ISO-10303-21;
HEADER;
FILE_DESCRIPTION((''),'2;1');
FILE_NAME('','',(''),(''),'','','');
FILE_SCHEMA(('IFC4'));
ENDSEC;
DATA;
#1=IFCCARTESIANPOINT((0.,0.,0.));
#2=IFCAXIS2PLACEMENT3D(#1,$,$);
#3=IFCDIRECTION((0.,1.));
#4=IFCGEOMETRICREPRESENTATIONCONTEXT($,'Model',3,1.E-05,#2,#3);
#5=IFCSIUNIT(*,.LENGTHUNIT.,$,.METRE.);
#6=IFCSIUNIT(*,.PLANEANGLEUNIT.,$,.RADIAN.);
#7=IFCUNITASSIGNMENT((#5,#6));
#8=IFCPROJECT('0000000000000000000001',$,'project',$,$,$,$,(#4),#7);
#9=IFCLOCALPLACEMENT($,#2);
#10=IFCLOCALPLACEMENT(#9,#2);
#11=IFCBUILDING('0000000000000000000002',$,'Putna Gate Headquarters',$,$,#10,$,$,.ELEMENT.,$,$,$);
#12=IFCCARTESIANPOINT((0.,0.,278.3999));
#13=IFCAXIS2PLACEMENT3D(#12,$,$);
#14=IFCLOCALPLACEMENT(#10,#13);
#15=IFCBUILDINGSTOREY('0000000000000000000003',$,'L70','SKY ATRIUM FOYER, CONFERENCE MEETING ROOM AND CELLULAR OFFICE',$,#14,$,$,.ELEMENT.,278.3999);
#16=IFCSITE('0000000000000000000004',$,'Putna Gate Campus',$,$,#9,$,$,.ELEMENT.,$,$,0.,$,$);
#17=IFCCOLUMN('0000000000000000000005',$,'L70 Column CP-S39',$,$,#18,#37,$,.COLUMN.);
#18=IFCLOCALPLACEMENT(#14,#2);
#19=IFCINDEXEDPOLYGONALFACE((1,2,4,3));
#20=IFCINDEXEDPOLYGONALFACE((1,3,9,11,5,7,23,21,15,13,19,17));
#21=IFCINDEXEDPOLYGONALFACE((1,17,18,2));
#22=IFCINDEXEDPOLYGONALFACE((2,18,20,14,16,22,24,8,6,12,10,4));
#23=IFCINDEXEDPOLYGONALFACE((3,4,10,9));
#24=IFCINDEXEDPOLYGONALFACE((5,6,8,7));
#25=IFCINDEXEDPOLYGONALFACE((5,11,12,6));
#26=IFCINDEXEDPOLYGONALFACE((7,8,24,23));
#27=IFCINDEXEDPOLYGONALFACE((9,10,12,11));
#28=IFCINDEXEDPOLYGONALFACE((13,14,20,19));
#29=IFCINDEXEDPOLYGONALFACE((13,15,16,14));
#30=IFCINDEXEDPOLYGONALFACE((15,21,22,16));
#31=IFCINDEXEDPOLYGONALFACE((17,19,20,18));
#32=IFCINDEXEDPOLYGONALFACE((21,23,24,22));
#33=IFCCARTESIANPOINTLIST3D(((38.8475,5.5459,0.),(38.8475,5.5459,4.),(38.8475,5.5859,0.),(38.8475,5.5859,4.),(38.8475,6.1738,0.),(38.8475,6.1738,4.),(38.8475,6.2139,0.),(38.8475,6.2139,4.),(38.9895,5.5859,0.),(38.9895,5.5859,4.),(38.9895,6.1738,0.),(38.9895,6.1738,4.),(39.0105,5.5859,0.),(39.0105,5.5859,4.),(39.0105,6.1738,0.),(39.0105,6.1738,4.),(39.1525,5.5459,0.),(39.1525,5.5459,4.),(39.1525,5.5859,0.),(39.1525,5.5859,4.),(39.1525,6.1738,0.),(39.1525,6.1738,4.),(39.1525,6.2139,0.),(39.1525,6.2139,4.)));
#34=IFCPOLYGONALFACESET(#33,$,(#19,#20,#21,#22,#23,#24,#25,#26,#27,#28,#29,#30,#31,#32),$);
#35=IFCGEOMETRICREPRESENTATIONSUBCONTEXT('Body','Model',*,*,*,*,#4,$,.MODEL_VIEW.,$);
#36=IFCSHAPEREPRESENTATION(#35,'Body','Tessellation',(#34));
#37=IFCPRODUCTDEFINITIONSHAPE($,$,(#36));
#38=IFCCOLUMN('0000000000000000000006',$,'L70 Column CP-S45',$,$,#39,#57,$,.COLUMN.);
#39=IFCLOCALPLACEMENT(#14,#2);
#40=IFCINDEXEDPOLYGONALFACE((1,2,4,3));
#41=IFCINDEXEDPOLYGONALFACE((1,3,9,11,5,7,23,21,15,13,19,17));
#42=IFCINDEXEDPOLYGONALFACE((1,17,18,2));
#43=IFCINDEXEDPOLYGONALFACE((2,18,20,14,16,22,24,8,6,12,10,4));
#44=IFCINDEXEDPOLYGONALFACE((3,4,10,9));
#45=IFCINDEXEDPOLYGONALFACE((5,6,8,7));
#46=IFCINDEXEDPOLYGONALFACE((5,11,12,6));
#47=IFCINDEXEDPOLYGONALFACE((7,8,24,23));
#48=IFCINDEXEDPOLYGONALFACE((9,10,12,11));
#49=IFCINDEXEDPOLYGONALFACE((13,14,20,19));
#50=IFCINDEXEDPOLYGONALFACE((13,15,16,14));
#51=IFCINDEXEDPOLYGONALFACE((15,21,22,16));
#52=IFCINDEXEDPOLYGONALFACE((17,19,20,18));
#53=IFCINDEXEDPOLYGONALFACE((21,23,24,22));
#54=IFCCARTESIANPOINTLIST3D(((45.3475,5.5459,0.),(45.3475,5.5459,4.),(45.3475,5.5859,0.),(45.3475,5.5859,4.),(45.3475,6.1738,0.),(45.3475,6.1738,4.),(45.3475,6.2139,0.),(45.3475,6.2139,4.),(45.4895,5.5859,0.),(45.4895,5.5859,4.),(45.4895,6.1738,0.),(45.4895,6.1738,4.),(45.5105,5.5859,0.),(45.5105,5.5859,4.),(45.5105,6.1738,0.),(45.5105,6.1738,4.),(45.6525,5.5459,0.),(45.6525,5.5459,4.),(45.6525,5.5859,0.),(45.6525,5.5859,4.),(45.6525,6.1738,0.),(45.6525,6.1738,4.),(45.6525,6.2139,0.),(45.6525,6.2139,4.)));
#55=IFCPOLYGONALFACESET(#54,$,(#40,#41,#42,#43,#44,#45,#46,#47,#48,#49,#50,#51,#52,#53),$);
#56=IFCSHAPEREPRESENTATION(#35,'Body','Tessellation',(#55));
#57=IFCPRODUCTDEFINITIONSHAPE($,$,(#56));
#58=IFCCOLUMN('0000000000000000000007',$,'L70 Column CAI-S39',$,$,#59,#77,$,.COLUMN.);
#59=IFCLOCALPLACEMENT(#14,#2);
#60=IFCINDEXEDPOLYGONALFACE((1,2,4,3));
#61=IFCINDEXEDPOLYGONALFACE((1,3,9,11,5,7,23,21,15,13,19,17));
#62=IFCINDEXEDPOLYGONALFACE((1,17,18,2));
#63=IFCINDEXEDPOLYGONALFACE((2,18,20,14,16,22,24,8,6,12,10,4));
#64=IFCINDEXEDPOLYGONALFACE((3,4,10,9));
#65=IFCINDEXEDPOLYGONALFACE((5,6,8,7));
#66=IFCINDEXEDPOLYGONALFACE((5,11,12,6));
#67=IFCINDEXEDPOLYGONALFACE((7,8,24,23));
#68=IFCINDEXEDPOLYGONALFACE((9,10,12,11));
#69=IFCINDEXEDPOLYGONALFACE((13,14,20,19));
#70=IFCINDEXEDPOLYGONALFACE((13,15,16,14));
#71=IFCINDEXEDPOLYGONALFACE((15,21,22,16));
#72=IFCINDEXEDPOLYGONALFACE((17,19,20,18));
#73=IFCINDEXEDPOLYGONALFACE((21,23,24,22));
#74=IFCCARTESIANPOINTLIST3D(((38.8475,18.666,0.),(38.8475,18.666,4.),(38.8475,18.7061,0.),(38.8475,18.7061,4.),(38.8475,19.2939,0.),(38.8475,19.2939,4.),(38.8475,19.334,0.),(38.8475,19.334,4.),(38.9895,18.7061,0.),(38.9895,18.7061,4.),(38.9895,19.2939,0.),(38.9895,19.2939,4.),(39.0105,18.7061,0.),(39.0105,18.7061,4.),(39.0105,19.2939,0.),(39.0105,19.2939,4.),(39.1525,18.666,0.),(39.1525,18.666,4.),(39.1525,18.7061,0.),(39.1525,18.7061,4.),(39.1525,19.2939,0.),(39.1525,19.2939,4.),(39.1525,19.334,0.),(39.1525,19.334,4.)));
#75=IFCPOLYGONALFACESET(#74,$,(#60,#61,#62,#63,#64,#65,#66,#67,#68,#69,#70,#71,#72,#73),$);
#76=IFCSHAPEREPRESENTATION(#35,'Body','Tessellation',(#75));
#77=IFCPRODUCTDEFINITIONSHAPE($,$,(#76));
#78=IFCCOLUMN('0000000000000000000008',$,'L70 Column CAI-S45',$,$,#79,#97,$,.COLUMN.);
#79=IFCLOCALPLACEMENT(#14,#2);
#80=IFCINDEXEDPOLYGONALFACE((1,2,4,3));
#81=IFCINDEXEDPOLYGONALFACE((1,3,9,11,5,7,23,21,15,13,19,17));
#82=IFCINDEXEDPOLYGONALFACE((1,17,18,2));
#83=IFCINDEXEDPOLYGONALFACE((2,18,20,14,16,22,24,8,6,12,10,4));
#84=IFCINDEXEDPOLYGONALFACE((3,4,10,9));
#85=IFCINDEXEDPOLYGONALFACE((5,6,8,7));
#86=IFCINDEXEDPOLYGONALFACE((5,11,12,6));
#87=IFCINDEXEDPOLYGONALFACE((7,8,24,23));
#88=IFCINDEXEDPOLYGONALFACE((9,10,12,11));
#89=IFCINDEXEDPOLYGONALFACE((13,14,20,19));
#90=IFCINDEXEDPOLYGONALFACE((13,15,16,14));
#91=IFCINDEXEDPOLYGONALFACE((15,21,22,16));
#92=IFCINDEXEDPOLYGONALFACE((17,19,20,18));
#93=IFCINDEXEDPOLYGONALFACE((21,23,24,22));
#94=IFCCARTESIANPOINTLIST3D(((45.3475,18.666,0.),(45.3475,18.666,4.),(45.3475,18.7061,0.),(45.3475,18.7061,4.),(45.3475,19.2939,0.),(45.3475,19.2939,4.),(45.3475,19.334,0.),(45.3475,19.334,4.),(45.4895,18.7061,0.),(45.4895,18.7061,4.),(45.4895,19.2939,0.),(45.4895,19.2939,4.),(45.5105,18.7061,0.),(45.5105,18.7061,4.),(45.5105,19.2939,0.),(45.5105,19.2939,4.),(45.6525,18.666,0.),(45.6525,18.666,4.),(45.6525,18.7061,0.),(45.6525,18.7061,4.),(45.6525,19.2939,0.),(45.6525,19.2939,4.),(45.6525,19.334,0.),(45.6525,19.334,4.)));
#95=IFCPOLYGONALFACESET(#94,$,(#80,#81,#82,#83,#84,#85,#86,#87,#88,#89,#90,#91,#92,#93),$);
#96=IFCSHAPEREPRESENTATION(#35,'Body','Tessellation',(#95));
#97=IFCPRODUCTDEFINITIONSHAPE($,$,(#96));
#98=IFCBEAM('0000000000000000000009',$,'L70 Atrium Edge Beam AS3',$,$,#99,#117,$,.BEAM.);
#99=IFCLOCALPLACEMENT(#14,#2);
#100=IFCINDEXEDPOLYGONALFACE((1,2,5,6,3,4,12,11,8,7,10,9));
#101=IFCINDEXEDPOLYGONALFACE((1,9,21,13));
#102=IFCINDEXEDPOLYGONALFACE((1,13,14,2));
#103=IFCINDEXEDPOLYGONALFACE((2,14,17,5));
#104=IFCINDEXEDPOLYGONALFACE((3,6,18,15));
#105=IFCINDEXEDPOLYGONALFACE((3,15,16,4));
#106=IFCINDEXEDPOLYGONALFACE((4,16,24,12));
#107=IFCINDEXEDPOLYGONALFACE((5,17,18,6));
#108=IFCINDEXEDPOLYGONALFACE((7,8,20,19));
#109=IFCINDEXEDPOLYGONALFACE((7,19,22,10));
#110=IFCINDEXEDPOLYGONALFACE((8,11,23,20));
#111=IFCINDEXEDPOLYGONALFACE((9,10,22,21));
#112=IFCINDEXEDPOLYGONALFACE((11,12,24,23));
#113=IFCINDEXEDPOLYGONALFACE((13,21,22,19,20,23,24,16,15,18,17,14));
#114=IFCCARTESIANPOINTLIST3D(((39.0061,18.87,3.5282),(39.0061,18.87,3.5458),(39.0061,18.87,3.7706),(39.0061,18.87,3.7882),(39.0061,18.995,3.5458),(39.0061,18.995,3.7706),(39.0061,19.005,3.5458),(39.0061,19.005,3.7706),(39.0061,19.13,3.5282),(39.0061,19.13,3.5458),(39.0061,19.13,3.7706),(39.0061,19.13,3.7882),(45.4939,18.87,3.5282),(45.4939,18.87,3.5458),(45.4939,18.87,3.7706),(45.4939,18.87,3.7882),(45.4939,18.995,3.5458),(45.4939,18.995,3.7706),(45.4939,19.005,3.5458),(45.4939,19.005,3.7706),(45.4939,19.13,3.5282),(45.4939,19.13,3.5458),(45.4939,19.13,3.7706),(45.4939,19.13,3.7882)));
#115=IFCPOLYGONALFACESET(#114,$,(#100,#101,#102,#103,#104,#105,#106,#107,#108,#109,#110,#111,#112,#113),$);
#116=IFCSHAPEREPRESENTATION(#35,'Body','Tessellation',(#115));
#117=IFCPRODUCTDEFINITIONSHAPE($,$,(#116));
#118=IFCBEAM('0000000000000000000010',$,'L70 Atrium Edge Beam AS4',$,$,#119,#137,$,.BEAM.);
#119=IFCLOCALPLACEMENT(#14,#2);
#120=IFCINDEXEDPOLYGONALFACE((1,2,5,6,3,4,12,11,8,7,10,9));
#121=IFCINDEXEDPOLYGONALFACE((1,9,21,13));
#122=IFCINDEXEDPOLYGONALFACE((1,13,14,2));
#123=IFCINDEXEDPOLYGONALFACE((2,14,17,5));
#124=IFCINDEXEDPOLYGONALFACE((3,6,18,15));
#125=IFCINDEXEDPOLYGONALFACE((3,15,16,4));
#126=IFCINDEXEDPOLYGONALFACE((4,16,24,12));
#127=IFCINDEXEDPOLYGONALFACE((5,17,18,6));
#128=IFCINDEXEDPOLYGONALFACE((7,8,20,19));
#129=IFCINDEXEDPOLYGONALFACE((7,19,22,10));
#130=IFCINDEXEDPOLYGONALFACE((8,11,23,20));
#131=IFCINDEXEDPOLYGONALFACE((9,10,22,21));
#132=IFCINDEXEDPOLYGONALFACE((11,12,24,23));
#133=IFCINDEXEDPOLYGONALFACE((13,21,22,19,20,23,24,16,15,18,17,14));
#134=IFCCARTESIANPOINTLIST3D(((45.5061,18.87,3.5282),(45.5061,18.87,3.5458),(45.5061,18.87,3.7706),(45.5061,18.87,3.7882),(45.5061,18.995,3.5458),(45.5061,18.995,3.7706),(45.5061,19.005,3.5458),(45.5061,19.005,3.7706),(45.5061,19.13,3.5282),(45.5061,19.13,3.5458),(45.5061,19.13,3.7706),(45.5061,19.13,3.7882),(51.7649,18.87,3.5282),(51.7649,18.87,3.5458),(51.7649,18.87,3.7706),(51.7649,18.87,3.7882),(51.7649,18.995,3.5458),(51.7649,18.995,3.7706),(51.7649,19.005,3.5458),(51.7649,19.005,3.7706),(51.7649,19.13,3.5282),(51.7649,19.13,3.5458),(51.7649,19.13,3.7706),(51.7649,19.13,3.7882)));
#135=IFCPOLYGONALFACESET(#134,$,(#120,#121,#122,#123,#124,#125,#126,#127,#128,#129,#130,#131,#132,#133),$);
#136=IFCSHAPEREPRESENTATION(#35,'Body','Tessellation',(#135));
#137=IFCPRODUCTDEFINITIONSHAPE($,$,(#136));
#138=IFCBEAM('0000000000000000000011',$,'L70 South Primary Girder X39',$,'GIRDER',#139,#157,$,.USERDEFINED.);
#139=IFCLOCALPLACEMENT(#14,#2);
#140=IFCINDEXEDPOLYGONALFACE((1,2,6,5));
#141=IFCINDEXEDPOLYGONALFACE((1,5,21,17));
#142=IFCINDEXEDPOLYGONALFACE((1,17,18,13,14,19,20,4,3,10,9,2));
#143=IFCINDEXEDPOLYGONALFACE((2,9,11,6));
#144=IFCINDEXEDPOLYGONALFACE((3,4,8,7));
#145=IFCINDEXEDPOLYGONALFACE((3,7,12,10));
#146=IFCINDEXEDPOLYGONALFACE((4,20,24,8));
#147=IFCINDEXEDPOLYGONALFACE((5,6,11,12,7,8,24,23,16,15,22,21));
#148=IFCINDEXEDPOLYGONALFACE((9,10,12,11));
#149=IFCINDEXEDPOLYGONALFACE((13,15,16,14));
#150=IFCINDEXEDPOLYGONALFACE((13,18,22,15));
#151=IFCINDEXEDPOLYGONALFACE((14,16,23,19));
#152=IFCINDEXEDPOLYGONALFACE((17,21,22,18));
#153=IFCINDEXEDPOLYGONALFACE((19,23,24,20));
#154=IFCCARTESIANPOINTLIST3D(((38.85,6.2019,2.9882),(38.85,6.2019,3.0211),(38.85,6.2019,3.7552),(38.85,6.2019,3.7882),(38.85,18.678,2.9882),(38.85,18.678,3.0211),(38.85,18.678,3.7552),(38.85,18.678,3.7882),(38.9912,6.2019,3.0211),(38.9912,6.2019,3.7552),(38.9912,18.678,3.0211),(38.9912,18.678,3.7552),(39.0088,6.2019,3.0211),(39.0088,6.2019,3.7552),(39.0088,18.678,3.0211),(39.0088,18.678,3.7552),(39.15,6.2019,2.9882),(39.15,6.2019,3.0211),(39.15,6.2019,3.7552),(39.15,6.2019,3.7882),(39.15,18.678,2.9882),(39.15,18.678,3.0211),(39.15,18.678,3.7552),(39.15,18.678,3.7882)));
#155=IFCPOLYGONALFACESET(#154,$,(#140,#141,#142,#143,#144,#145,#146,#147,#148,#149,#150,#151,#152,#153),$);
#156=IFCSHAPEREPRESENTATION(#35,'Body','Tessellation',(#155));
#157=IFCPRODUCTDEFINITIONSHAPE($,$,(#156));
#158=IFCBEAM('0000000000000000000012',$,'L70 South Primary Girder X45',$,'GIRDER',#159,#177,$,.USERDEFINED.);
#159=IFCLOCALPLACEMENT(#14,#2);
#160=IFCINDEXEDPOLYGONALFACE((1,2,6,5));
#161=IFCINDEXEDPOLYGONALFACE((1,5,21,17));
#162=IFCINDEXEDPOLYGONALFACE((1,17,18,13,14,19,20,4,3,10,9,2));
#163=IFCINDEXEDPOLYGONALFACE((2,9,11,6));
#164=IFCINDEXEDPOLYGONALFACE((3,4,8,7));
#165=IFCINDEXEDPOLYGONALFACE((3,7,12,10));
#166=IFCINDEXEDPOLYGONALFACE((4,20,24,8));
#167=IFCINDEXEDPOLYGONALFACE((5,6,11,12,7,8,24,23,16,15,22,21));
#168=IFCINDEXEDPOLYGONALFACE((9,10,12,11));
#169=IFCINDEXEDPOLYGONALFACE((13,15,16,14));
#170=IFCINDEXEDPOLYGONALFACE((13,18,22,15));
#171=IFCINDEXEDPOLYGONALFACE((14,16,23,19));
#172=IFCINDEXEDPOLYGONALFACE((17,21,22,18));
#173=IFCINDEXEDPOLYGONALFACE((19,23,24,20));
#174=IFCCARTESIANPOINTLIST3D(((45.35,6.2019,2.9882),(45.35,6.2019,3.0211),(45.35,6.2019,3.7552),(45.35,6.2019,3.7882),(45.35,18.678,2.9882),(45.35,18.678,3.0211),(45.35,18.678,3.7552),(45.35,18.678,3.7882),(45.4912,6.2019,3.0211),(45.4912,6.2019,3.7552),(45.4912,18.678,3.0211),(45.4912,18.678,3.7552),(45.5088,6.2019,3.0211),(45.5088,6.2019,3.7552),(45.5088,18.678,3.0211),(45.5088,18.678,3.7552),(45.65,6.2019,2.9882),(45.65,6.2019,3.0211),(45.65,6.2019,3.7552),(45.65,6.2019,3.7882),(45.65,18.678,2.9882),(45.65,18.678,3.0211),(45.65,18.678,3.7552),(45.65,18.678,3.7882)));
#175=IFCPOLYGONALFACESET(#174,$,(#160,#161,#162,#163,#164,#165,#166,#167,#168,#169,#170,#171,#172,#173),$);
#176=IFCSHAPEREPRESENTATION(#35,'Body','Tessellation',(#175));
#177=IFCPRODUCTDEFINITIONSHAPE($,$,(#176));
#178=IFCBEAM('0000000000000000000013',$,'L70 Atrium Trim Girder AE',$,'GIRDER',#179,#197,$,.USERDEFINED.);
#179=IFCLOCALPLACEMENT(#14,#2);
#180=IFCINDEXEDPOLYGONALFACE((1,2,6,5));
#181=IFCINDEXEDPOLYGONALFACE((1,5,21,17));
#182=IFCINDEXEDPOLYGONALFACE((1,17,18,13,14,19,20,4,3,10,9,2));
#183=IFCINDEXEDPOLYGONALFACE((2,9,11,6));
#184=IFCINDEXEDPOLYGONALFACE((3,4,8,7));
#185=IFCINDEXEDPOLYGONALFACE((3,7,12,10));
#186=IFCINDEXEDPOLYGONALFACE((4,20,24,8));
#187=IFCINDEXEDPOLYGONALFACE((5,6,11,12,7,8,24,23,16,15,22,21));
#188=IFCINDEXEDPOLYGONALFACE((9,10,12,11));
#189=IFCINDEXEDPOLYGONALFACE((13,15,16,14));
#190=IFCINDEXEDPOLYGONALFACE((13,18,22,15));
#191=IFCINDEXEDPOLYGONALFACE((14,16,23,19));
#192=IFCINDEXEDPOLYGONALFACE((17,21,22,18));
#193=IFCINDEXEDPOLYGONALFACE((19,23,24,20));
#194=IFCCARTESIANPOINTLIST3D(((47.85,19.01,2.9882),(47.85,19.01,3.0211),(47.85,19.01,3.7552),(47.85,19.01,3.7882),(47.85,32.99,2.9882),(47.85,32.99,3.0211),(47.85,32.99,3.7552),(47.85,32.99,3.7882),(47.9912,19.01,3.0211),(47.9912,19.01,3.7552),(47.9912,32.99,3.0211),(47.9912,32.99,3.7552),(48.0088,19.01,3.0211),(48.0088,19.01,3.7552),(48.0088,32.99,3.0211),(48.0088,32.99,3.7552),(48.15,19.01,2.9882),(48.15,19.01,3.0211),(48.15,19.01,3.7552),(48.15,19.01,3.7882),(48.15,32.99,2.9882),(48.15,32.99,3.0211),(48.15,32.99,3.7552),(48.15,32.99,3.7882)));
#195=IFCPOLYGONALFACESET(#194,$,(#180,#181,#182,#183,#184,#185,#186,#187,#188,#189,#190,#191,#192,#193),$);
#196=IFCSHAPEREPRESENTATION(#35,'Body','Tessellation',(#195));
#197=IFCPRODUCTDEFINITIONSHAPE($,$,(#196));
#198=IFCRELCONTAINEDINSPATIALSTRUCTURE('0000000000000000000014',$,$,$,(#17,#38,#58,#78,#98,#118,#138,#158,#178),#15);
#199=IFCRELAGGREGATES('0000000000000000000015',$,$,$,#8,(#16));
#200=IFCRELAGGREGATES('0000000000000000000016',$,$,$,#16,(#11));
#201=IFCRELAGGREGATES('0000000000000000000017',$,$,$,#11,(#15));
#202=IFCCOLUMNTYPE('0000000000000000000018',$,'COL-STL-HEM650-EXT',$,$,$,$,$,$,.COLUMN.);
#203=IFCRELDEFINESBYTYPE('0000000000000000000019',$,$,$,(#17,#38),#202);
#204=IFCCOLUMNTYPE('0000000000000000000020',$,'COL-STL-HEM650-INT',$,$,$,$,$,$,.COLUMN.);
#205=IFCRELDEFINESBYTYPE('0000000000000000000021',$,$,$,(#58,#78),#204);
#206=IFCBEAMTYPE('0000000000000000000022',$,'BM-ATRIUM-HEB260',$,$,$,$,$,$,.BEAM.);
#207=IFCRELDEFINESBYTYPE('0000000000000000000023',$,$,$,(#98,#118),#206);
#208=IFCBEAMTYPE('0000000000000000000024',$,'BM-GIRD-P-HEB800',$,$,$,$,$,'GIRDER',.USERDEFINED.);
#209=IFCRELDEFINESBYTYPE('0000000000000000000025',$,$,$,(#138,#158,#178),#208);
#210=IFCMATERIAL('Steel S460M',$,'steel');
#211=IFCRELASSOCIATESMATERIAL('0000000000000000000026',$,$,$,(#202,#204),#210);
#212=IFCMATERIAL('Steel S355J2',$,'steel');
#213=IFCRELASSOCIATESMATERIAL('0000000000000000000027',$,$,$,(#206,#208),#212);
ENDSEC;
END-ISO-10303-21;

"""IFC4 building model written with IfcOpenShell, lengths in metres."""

from ifc_helpers import new_model, si_unit, direction, frame, origin, origin_2d, place, context, subcontext, project, spatial, i_section, extrude, material, material_profile, profile_set, type_object, element, save


model = new_model("IFC4")

# Units and contexts
model_context = context("Model", 3, precision=1e-05, world=origin(), true_north=direction((0.0, 1.0)))
body_context = subcontext(model_context, "Body", "Model", "MODEL_VIEW")
ifc_project = project(units=[si_unit("LENGTHUNIT", "METRE"), si_unit("PLANEANGLEUNIT", "RADIAN")], contexts=[model_context])

# Site, building, storey
site_placement = place(None, origin())
site = spatial("IfcSite", under=ifc_project, at=site_placement, Name="Putna Gate Campus", CompositionType="ELEMENT", RefElevation=0.0)
building_placement = place(site_placement, origin())
building = spatial("IfcBuilding", under=site, at=building_placement, Name="Putna Gate Headquarters", CompositionType="ELEMENT")
storey_placement = place(building_placement, frame((0.0, 0.0, 278.3999)))
storey = spatial("IfcBuildingStorey", under=building, at=storey_placement, Name="L70", Description="SKY ATRIUM FOYER, CONFERENCE MEETING ROOM AND CELLULAR OFFICE", CompositionType="ELEMENT", Elevation=278.3999)

# Columns
ifc_material_1 = material(Name="Steel S460M", Category="steel")
ifc_material_profile_1 = material_profile(ifc_material_1, i_section(OverallWidth=0.3049, OverallDepth=0.668, WebThickness=0.021, FlangeThickness=0.04, at=origin_2d()), Name="Steel S460M")
ifc_profile_set_1 = profile_set([ifc_material_profile_1], Name="Steel S460M")
column_type_1 = type_object("IfcColumnType", Name="COL-STL-HEM650-EXT", PredefinedType="COLUMN", material=ifc_profile_set_1)
for number, where, z_axis, x_axis, name in (
    (1, (39.0, 5.8799, 0.0), (0.0, 0.0, 1.0), (1.0, 0.0, 0.0), "L70 Column CP-S39"),
    (2, (45.5, 5.8799, 0.0), (0.0, 0.0, 1.0), (1.0, 0.0, 0.0), "L70 Column CP-S45"),
):
    element("IfcColumn", number, at=place(storey_placement, frame(where, z_axis=z_axis, x_axis=x_axis)), inside=storey, type_object=column_type_1, Name=name, PredefinedType="COLUMN", context=body_context, shape_type="SweptSolid", body=[
        extrude(i_section(OverallWidth=0.3049, OverallDepth=0.668, WebThickness=0.021, FlangeThickness=0.04, at=origin_2d()), origin(), (0.0, 0.0, 1.0), 4.0),
    ])
ifc_material_profile_2 = material_profile(ifc_material_1, i_section(OverallWidth=0.3049, OverallDepth=0.668, WebThickness=0.021, FlangeThickness=0.04, at=origin_2d()), Name="Steel S460M")
ifc_profile_set_2 = profile_set([ifc_material_profile_2], Name="Steel S460M")
column_type_2 = type_object("IfcColumnType", Name="COL-STL-HEM650-INT", PredefinedType="COLUMN", material=ifc_profile_set_2)
for number, where, z_axis, x_axis, name in (
    (3, (39.0, 19.0, 0.0), (0.0, 0.0, 1.0), (1.0, 0.0, 0.0), "L70 Column CAI-S39"),
    (4, (45.5, 19.0, 0.0), (0.0, 0.0, 1.0), (1.0, 0.0, 0.0), "L70 Column CAI-S45"),
):
    element("IfcColumn", number, at=place(storey_placement, frame(where, z_axis=z_axis, x_axis=x_axis)), inside=storey, type_object=column_type_2, Name=name, PredefinedType="COLUMN", context=body_context, shape_type="SweptSolid", body=[
        extrude(i_section(OverallWidth=0.3049, OverallDepth=0.668, WebThickness=0.021, FlangeThickness=0.04, at=origin_2d()), origin(), (0.0, 0.0, 1.0), 4.0),
    ])

# Beams
ifc_material_2 = material(Name="Steel S355J2", Category="steel")
ifc_material_profile_3 = material_profile(ifc_material_2, i_section(OverallWidth=0.26, OverallDepth=0.26, WebThickness=0.01, FlangeThickness=0.0176, at=origin_2d()), Name="Steel S355J2")
ifc_profile_set_3 = profile_set([ifc_material_profile_3], Name="Steel S355J2")
beam_type_1 = type_object("IfcBeamType", Name="BM-ATRIUM-HEB260", PredefinedType="BEAM", material=ifc_profile_set_3)
beam_1_placement = place(storey_placement, frame((39.0061, 19.0, 3.6582), z_axis=(1.0, 0.0, 0.0), x_axis=(0.0, 1.0, 0.0)))
element("IfcBeam", 5, at=beam_1_placement, inside=storey, type_object=beam_type_1, Name="L70 Atrium Edge Beam AS3", PredefinedType="BEAM", context=body_context, shape_type="SweptSolid", body=[
    extrude(i_section(OverallWidth=0.26, OverallDepth=0.26, WebThickness=0.01, FlangeThickness=0.0176, at=origin_2d()), origin(), (0.0, 0.0, 1.0), 6.4878),
])
beam_2_placement = place(storey_placement, frame((45.5061, 19.0, 3.6582), z_axis=(1.0, 0.0, 0.0), x_axis=(0.0, 1.0, 0.0)))
element("IfcBeam", 6, at=beam_2_placement, inside=storey, type_object=beam_type_1, Name="L70 Atrium Edge Beam AS4", PredefinedType="BEAM", context=body_context, shape_type="SweptSolid", body=[
    extrude(i_section(OverallWidth=0.26, OverallDepth=0.26, WebThickness=0.01, FlangeThickness=0.0176, at=origin_2d()), origin(), (0.0, 0.0, 1.0), 6.2588),
])
ifc_material_profile_4 = material_profile(ifc_material_2, i_section(OverallWidth=0.3, OverallDepth=0.8, WebThickness=0.0176, FlangeThickness=0.033, at=origin_2d()), Name="Steel S355J2")
ifc_profile_set_4 = profile_set([ifc_material_profile_4], Name="Steel S355J2")
beam_type_2 = type_object("IfcBeamType", Name="BM-GIRD-P-HEB800", ElementType="GIRDER", PredefinedType="USERDEFINED", material=ifc_profile_set_4)
for number, where, z_axis, x_axis, name in (
    (7, (39.0, 6.2019, 3.3882), (0.0, 1.0, 0.0), (-1.0, 0.0, 0.0), "L70 South Primary Girder X39"),
    (8, (45.5, 6.2019, 3.3882), (0.0, 1.0, 0.0), (-1.0, 0.0, 0.0), "L70 South Primary Girder X45"),
):
    element("IfcBeam", number, at=place(storey_placement, frame(where, z_axis=z_axis, x_axis=x_axis)), inside=storey, type_object=beam_type_2, Name=name, ObjectType="GIRDER", PredefinedType="USERDEFINED", context=body_context, shape_type="SweptSolid", body=[
        extrude(i_section(OverallWidth=0.3, OverallDepth=0.8, WebThickness=0.0176, FlangeThickness=0.033, at=origin_2d()), origin(), (0.0, 0.0, 1.0), 12.4761),
    ])
beam_3_placement = place(storey_placement, frame((48.0, 19.01, 3.3882), z_axis=(0.0, 1.0, 0.0), x_axis=(-1.0, 0.0, 0.0)))
element("IfcBeam", 9, at=beam_3_placement, inside=storey, type_object=beam_type_2, Name="L70 Atrium Trim Girder AE", ObjectType="GIRDER", PredefinedType="USERDEFINED", context=body_context, shape_type="SweptSolid", body=[
    extrude(i_section(OverallWidth=0.3, OverallDepth=0.8, WebThickness=0.0176, FlangeThickness=0.033, at=origin_2d()), origin(), (0.0, 0.0, 1.0), 13.98),
])

save(model, "model.ifc")
